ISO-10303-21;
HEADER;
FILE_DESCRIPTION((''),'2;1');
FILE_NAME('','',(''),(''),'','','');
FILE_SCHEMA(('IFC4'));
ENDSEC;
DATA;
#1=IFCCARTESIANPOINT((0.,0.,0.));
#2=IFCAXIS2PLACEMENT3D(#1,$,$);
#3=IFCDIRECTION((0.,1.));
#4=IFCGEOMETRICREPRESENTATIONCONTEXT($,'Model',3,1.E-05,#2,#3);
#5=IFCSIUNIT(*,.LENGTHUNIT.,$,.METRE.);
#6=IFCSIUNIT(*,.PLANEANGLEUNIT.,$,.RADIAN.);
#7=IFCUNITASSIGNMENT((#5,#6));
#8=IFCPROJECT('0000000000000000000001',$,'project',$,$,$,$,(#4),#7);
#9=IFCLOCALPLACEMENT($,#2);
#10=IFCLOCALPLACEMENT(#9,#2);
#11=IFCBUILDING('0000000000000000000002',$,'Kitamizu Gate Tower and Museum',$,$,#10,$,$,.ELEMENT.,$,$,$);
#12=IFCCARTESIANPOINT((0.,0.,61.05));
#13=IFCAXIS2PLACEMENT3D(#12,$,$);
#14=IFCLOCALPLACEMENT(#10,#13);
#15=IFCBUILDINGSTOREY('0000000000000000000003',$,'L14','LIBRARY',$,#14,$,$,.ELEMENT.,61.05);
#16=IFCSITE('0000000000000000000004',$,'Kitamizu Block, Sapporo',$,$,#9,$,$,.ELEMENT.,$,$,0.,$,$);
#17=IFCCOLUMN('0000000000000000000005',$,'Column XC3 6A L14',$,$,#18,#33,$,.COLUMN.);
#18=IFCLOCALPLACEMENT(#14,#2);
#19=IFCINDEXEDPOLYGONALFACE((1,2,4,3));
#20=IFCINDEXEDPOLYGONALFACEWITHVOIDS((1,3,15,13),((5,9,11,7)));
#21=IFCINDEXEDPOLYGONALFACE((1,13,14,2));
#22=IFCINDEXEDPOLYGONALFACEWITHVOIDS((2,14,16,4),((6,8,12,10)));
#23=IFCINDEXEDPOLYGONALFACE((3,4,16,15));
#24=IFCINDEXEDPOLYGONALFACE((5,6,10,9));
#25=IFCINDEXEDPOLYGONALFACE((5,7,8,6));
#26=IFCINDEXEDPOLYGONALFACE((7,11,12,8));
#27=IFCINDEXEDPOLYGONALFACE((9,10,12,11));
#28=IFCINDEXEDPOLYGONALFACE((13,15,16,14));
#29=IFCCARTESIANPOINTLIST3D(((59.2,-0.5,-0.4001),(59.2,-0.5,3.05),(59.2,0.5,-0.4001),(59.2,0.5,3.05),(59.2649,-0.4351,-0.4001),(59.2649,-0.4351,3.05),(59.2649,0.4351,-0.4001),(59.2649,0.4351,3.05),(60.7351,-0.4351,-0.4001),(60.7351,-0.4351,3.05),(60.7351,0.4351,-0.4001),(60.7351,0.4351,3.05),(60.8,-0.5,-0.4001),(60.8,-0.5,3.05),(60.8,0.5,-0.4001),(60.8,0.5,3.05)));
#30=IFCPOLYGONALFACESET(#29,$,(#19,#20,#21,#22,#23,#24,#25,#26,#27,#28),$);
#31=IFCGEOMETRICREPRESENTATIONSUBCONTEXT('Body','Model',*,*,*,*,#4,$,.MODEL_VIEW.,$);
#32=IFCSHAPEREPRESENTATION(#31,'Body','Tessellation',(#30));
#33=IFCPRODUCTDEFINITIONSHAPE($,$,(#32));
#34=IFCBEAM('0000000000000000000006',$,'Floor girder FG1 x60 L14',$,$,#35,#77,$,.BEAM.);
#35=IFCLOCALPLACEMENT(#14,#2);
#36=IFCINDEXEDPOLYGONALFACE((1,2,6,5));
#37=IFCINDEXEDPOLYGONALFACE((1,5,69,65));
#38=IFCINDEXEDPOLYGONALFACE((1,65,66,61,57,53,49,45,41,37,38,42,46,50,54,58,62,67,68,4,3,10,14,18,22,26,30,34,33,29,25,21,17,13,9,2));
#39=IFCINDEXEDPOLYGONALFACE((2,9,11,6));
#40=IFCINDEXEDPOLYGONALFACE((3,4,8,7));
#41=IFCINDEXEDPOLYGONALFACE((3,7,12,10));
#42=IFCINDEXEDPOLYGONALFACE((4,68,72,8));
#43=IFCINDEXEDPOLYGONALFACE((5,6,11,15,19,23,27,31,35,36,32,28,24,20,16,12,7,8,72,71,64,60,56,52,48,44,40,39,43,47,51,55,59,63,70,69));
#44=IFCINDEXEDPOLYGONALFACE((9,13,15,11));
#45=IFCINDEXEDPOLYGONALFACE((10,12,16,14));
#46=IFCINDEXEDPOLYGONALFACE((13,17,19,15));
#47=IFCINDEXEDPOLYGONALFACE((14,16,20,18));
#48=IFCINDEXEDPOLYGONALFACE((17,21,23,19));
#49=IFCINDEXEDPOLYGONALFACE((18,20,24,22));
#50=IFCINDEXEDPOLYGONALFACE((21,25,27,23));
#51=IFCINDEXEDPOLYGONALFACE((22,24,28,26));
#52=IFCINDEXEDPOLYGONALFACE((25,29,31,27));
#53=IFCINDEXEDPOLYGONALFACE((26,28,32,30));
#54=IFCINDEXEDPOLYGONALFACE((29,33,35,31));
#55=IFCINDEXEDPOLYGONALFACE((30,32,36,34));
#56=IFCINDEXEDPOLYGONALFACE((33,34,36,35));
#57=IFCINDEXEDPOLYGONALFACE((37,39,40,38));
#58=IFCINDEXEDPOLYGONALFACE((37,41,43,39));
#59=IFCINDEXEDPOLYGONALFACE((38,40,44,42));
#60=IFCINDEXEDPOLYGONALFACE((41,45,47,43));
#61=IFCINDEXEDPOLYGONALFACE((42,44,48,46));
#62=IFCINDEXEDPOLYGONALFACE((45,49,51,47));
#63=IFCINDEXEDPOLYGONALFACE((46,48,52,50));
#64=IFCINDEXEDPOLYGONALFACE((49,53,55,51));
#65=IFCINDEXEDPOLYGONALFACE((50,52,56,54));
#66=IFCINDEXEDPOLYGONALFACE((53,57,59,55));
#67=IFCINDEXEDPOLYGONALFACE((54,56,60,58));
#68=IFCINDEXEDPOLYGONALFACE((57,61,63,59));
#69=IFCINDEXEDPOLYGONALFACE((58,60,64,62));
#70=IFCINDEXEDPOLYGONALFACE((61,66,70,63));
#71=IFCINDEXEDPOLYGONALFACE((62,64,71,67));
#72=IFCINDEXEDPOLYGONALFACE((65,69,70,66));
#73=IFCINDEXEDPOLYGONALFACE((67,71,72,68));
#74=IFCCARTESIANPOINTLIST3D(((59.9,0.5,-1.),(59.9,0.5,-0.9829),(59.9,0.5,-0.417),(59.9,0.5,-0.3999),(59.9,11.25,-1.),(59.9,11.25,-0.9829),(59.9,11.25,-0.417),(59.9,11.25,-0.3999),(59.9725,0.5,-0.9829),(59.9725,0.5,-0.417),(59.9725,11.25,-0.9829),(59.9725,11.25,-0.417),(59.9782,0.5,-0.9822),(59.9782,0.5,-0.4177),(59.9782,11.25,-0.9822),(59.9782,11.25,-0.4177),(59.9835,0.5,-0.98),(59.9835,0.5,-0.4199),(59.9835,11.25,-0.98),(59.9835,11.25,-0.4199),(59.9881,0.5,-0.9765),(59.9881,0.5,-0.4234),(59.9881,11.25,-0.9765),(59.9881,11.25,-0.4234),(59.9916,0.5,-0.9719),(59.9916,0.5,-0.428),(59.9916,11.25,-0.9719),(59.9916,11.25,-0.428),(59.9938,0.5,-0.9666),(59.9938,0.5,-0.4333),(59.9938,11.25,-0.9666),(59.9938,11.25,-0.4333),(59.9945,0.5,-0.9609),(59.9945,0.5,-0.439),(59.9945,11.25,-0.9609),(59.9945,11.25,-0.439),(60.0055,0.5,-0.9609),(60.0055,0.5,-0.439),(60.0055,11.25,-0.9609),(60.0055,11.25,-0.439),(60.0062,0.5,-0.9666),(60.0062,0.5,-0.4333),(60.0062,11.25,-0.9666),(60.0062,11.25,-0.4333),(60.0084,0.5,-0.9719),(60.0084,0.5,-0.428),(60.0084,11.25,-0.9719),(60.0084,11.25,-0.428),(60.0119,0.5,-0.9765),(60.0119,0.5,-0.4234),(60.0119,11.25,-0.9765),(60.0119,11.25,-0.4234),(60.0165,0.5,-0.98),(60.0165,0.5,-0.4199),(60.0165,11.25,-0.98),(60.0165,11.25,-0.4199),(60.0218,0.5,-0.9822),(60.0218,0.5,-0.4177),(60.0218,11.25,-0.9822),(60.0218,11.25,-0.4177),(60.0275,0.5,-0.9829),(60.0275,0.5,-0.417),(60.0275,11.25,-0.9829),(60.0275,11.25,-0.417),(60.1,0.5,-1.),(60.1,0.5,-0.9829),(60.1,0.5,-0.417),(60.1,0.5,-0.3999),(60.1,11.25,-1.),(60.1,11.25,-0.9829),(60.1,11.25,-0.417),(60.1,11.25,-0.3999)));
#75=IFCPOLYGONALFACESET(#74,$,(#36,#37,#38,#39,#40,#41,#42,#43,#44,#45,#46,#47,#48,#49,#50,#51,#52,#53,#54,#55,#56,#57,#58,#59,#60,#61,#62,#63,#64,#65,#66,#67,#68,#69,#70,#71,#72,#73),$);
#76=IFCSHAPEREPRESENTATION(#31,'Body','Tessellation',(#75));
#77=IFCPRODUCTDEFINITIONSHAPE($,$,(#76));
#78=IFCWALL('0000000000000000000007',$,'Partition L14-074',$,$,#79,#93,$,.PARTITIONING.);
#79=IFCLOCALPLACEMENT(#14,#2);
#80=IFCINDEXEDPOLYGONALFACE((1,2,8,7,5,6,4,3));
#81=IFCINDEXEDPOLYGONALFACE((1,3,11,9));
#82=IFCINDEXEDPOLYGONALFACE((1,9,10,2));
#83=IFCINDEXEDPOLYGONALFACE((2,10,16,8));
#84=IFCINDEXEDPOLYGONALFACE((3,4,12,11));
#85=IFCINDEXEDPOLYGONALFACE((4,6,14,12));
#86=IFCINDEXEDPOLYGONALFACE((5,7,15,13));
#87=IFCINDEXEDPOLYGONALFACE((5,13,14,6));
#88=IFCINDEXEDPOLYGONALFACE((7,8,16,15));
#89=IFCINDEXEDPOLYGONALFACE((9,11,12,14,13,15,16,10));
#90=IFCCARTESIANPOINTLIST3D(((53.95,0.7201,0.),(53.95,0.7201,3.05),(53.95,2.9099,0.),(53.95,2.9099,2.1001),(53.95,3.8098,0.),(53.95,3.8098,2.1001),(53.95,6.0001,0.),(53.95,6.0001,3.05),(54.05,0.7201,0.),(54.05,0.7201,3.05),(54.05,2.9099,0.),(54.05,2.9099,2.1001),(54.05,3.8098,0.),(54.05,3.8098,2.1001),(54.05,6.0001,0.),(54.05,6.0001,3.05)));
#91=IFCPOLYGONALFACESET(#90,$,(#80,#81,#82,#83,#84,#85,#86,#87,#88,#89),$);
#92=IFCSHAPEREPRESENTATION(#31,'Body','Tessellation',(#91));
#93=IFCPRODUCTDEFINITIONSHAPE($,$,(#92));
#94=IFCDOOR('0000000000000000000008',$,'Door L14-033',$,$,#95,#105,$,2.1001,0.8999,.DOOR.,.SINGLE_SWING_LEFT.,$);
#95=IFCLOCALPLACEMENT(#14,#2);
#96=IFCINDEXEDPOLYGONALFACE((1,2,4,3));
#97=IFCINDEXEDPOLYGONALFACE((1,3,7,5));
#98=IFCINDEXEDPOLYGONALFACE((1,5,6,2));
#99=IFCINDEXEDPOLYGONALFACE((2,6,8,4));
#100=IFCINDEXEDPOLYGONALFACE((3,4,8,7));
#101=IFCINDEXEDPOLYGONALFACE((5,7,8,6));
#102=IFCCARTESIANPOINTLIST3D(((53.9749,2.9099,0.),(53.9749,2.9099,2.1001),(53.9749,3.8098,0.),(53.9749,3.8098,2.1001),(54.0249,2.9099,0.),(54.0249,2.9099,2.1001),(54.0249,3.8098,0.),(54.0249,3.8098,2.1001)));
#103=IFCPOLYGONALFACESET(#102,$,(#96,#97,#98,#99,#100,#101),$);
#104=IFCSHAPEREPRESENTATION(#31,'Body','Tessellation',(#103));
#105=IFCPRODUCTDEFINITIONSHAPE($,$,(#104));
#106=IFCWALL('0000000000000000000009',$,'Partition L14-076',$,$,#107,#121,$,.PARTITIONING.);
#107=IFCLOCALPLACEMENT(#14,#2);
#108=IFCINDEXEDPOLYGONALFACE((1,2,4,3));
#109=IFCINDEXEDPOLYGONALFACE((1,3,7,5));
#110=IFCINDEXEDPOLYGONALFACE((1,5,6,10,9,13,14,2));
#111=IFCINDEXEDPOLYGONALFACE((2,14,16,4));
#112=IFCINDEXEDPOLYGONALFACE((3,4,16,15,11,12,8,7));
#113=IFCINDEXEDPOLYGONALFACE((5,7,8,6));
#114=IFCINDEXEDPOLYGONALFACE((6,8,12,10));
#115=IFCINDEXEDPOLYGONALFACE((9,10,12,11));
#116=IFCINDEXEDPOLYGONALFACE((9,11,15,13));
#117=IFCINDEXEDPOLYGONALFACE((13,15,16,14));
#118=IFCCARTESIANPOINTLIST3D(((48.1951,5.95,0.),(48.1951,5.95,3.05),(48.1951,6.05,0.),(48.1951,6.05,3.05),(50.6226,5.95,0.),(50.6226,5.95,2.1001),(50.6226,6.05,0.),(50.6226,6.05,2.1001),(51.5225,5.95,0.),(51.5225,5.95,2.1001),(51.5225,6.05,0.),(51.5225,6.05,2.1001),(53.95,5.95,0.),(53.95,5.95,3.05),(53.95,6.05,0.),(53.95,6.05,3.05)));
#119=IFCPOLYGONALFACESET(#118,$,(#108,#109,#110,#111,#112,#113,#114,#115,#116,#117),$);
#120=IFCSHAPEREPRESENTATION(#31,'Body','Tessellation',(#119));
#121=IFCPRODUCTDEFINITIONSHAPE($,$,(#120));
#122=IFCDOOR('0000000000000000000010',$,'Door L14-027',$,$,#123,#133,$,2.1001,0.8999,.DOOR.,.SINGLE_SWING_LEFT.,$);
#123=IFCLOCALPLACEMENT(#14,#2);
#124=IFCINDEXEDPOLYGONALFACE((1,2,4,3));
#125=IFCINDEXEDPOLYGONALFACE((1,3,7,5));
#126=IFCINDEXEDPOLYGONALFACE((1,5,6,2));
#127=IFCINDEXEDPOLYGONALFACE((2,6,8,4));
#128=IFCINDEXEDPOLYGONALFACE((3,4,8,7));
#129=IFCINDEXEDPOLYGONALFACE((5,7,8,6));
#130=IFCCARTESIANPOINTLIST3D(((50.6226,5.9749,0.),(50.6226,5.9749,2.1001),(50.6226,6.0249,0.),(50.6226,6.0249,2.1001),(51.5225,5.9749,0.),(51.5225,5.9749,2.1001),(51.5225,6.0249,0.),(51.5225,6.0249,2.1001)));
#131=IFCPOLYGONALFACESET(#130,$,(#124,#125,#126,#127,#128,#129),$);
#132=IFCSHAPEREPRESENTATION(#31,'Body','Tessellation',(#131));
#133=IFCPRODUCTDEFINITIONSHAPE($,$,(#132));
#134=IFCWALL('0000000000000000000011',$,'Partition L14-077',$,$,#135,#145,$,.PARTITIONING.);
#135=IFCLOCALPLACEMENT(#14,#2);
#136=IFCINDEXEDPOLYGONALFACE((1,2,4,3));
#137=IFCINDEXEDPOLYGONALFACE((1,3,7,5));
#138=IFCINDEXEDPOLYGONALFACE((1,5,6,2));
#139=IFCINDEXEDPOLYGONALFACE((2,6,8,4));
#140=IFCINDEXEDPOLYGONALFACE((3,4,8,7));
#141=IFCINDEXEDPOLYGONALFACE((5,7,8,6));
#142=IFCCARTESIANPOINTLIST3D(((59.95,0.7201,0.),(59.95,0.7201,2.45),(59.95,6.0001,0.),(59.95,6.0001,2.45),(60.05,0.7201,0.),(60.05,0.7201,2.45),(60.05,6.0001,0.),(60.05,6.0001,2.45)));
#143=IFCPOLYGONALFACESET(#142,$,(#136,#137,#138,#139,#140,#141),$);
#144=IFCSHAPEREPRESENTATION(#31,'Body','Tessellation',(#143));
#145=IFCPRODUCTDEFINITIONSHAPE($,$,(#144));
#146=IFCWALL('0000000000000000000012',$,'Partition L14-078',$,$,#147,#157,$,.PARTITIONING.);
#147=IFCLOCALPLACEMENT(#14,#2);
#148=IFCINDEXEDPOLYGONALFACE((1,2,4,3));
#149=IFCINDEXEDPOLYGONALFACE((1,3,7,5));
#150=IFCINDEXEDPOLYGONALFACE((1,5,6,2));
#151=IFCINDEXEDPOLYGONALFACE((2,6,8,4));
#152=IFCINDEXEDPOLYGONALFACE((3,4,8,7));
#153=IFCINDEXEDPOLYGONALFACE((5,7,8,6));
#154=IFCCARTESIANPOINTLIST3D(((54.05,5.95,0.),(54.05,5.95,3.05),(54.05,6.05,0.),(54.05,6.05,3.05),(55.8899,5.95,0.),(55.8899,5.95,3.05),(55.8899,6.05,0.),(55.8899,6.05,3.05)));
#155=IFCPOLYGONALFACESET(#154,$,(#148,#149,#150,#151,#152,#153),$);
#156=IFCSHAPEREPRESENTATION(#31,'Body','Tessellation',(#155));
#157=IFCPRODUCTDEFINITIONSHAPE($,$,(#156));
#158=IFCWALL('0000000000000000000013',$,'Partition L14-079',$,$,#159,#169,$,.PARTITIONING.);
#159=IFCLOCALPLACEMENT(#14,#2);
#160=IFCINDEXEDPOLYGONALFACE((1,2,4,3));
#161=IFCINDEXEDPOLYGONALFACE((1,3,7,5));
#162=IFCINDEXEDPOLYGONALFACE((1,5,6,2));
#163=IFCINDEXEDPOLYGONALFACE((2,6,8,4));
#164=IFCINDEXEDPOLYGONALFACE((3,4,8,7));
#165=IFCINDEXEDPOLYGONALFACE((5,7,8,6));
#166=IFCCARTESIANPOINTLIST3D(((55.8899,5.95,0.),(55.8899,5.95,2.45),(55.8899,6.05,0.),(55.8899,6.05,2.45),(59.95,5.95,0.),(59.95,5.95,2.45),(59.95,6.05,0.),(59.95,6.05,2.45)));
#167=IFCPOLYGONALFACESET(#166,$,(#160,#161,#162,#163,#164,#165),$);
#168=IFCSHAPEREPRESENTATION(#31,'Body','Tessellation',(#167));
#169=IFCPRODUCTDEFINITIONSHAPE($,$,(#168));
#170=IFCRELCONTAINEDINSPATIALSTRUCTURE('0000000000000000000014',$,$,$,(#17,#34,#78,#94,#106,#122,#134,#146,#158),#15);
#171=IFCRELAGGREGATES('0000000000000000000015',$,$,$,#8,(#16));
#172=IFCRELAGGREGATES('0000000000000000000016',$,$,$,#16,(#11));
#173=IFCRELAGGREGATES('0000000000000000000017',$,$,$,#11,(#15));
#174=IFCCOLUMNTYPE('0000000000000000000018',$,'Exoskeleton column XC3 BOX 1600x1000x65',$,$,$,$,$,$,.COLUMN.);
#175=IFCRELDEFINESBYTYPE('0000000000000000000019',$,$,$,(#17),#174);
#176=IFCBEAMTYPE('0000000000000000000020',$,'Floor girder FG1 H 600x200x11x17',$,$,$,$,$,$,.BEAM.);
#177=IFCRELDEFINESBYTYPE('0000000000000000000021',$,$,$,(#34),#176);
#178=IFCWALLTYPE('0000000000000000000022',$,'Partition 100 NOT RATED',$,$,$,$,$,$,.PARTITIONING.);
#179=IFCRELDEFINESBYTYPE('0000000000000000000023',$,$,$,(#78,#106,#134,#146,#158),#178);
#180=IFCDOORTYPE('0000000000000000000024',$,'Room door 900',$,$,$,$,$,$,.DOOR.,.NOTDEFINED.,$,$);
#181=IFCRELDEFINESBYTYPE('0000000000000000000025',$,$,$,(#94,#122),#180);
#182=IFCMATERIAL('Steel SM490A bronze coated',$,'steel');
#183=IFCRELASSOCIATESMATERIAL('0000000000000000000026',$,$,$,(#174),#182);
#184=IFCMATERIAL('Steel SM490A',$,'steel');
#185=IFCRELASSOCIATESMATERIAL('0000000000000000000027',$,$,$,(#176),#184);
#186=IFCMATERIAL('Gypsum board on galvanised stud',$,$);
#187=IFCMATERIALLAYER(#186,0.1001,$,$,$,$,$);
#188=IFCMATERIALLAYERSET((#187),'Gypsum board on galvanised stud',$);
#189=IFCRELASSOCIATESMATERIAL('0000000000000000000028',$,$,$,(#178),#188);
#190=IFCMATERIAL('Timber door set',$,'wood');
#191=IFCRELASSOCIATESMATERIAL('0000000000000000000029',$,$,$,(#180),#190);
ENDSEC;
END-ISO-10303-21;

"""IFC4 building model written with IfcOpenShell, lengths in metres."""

from ifc_helpers import new_model, si_unit, direction, frame, frame_2d, origin, origin_2d, place, context, subcontext, project, spatial, rectangle, hollow_rectangle, i_section, extrude, material, layer, layer_set, material_profile, profile_set, type_object, element, fill, save


model = new_model("IFC4")

# Units and contexts
model_context = context("Model", 3, precision=1e-05, world=origin(), true_north=direction((0.0, 1.0)))
body_context = subcontext(model_context, "Body", "Model", "MODEL_VIEW")
ifc_project = project(units=[si_unit("LENGTHUNIT", "METRE"), si_unit("PLANEANGLEUNIT", "RADIAN")], contexts=[model_context])

# Site, building, storey
site_placement = place(None, origin())
site = spatial("IfcSite", under=ifc_project, at=site_placement, Name="Kitamizu Block, Sapporo", CompositionType="ELEMENT", RefElevation=0.0)
building_placement = place(site_placement, origin())
building = spatial("IfcBuilding", under=site, at=building_placement, Name="Kitamizu Gate Tower and Museum", CompositionType="ELEMENT")
storey_placement = place(building_placement, frame((0.0, 0.0, 61.05)))
storey = spatial("IfcBuildingStorey", under=building, at=storey_placement, Name="L14", Description="LIBRARY", CompositionType="ELEMENT", Elevation=61.05)

# Column
ifc_material_1 = material(Name="Steel SM490A bronze coated", Category="steel")
ifc_material_profile_1 = material_profile(ifc_material_1, hollow_rectangle(XDim=1.6001, YDim=1.0, WallThickness=0.0649, at=origin_2d()), Name="BOX 1600x1000x65")
ifc_profile_set_1 = profile_set([ifc_material_profile_1], Name="Steel SM490A bronze coated")
column_type = type_object("IfcColumnType", Name="Exoskeleton column XC3 BOX 1600x1000x65", PredefinedType="COLUMN", material=ifc_profile_set_1)
column_placement = place(storey_placement, frame((60.0, 0.0, -0.4001), z_axis=(0.0, 0.0, 1.0), x_axis=(1.0, 0.0, 0.0)))
element("IfcColumn", 1, at=column_placement, inside=storey, type_object=column_type, Name="Column XC3 6A L14", PredefinedType="COLUMN", context=body_context, shape_type="SweptSolid", body=[
    extrude(hollow_rectangle(XDim=1.6001, YDim=1.0, WallThickness=0.0649, at=origin_2d()), origin(), (0.0, 0.0, 1.0), 3.4502),
])

# Beam
ifc_material_2 = material(Name="Steel SM490A", Category="steel")
ifc_material_profile_2 = material_profile(ifc_material_2, i_section(OverallWidth=0.2, OverallDepth=0.6001, WebThickness=0.011, FlangeThickness=0.0171, FilletRadius=0.022, at=origin_2d()), Name="H-600x200x11x17")
ifc_profile_set_2 = profile_set([ifc_material_profile_2], Name="Steel SM490A")
beam_type = type_object("IfcBeamType", Name="Floor girder FG1 H 600x200x11x17", PredefinedType="BEAM", material=ifc_profile_set_2)
beam_placement = place(storey_placement, frame((60.0, 0.5, -0.7), z_axis=(0.0, 1.0, 0.0), x_axis=(-1.0, 0.0, 0.0)))
element("IfcBeam", 2, at=beam_placement, inside=storey, type_object=beam_type, Name="Floor girder FG1 x60 L14", PredefinedType="BEAM", context=body_context, shape_type="SweptSolid", body=[
    extrude(i_section(OverallWidth=0.2, OverallDepth=0.6001, WebThickness=0.011, FlangeThickness=0.0171, FilletRadius=0.022, at=origin_2d()), origin(), (0.0, 0.0, 1.0), 10.75),
])

# Walls, openings, doors
ifc_material_3 = material(Name="Gypsum board on galvanised stud")
ifc_layer = layer(ifc_material_3, 0.1001)
ifc_layer_set = layer_set([ifc_layer], Name="Gypsum board on galvanised stud")
wall_type = type_object("IfcWallType", Name="Partition 100 NOT RATED", PredefinedType="PARTITIONING", material=ifc_layer_set)
wall_1_placement = place(storey_placement, frame((54.0, 0.72, 0.0), z_axis=(0.0, 0.0, 1.0), x_axis=(0.0, 1.0, 0.0)))
wall_1 = element("IfcWall", 3, at=wall_1_placement, inside=storey, type_object=wall_type, Name="Partition L14-074", PredefinedType="PARTITIONING", context=body_context, shape_type="SweptSolid", body=[
    extrude(rectangle(XDim=5.28, YDim=0.1001, at=frame_2d((2.6401, 0.0))), origin(), (0.0, 0.0, 1.0), 3.05),
])
opening_1_placement = place(wall_1_placement, frame((2.1899, 0.0, 0.0)))
opening_1 = element("IfcOpeningElement", 4, at=opening_1_placement, cuts=wall_1, PredefinedType="OPENING", context=body_context, shape_type="SweptSolid", body=[
    extrude(rectangle(XDim=0.8999, YDim=2.1001, at=frame_2d((0.45, 1.05))), frame((0.0, 0.0601, 0.0), z_axis=(0.0, -1.0, 0.0), x_axis=(1.0, 0.0, 0.0)), (0.0, 0.0, 1.0), 0.1201),
])
ifc_material_4 = material(Name="Timber door set", Category="wood")
door_type = type_object("IfcDoorType", Name="Room door 900", OperationType="NOTDEFINED", PredefinedType="DOOR", material=ifc_material_4)
door_1_placement = place(opening_1_placement, frame((0.8999, 0.0, 0.0), x_axis=(-1.0, 0.0, 0.0)))
door_1 = element("IfcDoor", 5, at=door_1_placement, inside=storey, type_object=door_type, Name="Door L14-033", OperationType="SINGLE_SWING_LEFT", OverallHeight=2.1001, OverallWidth=0.8999, PredefinedType="DOOR", context=body_context, shape_type="SweptSolid", body=[
    extrude(rectangle(XDim=0.8999, YDim=2.1001, at=frame_2d((0.45, 1.05))), frame((0.0, 0.0249, 0.0), z_axis=(0.0, -1.0, 0.0), x_axis=(1.0, 0.0, 0.0)), (0.0, 0.0, 1.0), 0.05),
])
fill(opening_1, door_1)
wall_2_placement = place(storey_placement, frame((53.95, 6.0, 0.0), z_axis=(0.0, 0.0, 1.0), x_axis=(-1.0, 0.0, 0.0)))
wall_2 = element("IfcWall", 6, at=wall_2_placement, inside=storey, type_object=wall_type, Name="Partition L14-076", PredefinedType="PARTITIONING", context=body_context, shape_type="SweptSolid", body=[
    extrude(rectangle(XDim=5.7549, YDim=0.1001, at=frame_2d((2.8774, 0.0))), origin(), (0.0, 0.0, 1.0), 3.05),
])
opening_2_placement = place(wall_2_placement, frame((2.4275, 0.0, 0.0)))
opening_2 = element("IfcOpeningElement", 7, at=opening_2_placement, cuts=wall_2, PredefinedType="OPENING", context=body_context, shape_type="SweptSolid", body=[
    extrude(rectangle(XDim=0.8999, YDim=2.1001, at=frame_2d((0.45, 1.05))), frame((0.0, 0.0601, 0.0), z_axis=(0.0, -1.0, 0.0), x_axis=(1.0, 0.0, 0.0)), (0.0, 0.0, 1.0), 0.1201),
])
door_2_placement = place(opening_2_placement, frame((0.8999, 0.0, 0.0), x_axis=(-1.0, 0.0, 0.0)))
door_2 = element("IfcDoor", 8, at=door_2_placement, inside=storey, type_object=door_type, Name="Door L14-027", OperationType="SINGLE_SWING_LEFT", OverallHeight=2.1001, OverallWidth=0.8999, PredefinedType="DOOR", context=body_context, shape_type="SweptSolid", body=[
    extrude(rectangle(XDim=0.8999, YDim=2.1001, at=frame_2d((0.45, 1.05))), frame((0.0, 0.0249, 0.0), z_axis=(0.0, -1.0, 0.0), x_axis=(1.0, 0.0, 0.0)), (0.0, 0.0, 1.0), 0.05),
])
fill(opening_2, door_2)

# Walls
wall_3_placement = place(storey_placement, frame((60.0, 0.72, 0.0), z_axis=(0.0, 0.0, 1.0), x_axis=(0.0, 1.0, 0.0)))
element("IfcWall", 9, at=wall_3_placement, inside=storey, type_object=wall_type, Name="Partition L14-077", PredefinedType="PARTITIONING", context=body_context, shape_type="SweptSolid", body=[
    extrude(rectangle(XDim=5.28, YDim=0.1001, at=frame_2d((2.6401, 0.0))), origin(), (0.0, 0.0, 1.0), 2.45),
])
wall_4_placement = place(storey_placement, frame((55.8899, 6.0, 0.0), z_axis=(0.0, 0.0, 1.0), x_axis=(-1.0, 0.0, 0.0)))
element("IfcWall", 10, at=wall_4_placement, inside=storey, type_object=wall_type, Name="Partition L14-078", PredefinedType="PARTITIONING", context=body_context, shape_type="SweptSolid", body=[
    extrude(rectangle(XDim=1.8398, YDim=0.1001, at=frame_2d((0.9199, 0.0))), origin(), (0.0, 0.0, 1.0), 3.05),
])
wall_5_placement = place(storey_placement, frame((59.95, 6.0, 0.0), z_axis=(0.0, 0.0, 1.0), x_axis=(-1.0, 0.0, 0.0)))
element("IfcWall", 11, at=wall_5_placement, inside=storey, type_object=wall_type, Name="Partition L14-079", PredefinedType="PARTITIONING", context=body_context, shape_type="SweptSolid", body=[
    extrude(rectangle(XDim=4.0601, YDim=0.1001, at=frame_2d((2.03, 0.0))), origin(), (0.0, 0.0, 1.0), 2.45),
])

save(model, "model.ifc")
